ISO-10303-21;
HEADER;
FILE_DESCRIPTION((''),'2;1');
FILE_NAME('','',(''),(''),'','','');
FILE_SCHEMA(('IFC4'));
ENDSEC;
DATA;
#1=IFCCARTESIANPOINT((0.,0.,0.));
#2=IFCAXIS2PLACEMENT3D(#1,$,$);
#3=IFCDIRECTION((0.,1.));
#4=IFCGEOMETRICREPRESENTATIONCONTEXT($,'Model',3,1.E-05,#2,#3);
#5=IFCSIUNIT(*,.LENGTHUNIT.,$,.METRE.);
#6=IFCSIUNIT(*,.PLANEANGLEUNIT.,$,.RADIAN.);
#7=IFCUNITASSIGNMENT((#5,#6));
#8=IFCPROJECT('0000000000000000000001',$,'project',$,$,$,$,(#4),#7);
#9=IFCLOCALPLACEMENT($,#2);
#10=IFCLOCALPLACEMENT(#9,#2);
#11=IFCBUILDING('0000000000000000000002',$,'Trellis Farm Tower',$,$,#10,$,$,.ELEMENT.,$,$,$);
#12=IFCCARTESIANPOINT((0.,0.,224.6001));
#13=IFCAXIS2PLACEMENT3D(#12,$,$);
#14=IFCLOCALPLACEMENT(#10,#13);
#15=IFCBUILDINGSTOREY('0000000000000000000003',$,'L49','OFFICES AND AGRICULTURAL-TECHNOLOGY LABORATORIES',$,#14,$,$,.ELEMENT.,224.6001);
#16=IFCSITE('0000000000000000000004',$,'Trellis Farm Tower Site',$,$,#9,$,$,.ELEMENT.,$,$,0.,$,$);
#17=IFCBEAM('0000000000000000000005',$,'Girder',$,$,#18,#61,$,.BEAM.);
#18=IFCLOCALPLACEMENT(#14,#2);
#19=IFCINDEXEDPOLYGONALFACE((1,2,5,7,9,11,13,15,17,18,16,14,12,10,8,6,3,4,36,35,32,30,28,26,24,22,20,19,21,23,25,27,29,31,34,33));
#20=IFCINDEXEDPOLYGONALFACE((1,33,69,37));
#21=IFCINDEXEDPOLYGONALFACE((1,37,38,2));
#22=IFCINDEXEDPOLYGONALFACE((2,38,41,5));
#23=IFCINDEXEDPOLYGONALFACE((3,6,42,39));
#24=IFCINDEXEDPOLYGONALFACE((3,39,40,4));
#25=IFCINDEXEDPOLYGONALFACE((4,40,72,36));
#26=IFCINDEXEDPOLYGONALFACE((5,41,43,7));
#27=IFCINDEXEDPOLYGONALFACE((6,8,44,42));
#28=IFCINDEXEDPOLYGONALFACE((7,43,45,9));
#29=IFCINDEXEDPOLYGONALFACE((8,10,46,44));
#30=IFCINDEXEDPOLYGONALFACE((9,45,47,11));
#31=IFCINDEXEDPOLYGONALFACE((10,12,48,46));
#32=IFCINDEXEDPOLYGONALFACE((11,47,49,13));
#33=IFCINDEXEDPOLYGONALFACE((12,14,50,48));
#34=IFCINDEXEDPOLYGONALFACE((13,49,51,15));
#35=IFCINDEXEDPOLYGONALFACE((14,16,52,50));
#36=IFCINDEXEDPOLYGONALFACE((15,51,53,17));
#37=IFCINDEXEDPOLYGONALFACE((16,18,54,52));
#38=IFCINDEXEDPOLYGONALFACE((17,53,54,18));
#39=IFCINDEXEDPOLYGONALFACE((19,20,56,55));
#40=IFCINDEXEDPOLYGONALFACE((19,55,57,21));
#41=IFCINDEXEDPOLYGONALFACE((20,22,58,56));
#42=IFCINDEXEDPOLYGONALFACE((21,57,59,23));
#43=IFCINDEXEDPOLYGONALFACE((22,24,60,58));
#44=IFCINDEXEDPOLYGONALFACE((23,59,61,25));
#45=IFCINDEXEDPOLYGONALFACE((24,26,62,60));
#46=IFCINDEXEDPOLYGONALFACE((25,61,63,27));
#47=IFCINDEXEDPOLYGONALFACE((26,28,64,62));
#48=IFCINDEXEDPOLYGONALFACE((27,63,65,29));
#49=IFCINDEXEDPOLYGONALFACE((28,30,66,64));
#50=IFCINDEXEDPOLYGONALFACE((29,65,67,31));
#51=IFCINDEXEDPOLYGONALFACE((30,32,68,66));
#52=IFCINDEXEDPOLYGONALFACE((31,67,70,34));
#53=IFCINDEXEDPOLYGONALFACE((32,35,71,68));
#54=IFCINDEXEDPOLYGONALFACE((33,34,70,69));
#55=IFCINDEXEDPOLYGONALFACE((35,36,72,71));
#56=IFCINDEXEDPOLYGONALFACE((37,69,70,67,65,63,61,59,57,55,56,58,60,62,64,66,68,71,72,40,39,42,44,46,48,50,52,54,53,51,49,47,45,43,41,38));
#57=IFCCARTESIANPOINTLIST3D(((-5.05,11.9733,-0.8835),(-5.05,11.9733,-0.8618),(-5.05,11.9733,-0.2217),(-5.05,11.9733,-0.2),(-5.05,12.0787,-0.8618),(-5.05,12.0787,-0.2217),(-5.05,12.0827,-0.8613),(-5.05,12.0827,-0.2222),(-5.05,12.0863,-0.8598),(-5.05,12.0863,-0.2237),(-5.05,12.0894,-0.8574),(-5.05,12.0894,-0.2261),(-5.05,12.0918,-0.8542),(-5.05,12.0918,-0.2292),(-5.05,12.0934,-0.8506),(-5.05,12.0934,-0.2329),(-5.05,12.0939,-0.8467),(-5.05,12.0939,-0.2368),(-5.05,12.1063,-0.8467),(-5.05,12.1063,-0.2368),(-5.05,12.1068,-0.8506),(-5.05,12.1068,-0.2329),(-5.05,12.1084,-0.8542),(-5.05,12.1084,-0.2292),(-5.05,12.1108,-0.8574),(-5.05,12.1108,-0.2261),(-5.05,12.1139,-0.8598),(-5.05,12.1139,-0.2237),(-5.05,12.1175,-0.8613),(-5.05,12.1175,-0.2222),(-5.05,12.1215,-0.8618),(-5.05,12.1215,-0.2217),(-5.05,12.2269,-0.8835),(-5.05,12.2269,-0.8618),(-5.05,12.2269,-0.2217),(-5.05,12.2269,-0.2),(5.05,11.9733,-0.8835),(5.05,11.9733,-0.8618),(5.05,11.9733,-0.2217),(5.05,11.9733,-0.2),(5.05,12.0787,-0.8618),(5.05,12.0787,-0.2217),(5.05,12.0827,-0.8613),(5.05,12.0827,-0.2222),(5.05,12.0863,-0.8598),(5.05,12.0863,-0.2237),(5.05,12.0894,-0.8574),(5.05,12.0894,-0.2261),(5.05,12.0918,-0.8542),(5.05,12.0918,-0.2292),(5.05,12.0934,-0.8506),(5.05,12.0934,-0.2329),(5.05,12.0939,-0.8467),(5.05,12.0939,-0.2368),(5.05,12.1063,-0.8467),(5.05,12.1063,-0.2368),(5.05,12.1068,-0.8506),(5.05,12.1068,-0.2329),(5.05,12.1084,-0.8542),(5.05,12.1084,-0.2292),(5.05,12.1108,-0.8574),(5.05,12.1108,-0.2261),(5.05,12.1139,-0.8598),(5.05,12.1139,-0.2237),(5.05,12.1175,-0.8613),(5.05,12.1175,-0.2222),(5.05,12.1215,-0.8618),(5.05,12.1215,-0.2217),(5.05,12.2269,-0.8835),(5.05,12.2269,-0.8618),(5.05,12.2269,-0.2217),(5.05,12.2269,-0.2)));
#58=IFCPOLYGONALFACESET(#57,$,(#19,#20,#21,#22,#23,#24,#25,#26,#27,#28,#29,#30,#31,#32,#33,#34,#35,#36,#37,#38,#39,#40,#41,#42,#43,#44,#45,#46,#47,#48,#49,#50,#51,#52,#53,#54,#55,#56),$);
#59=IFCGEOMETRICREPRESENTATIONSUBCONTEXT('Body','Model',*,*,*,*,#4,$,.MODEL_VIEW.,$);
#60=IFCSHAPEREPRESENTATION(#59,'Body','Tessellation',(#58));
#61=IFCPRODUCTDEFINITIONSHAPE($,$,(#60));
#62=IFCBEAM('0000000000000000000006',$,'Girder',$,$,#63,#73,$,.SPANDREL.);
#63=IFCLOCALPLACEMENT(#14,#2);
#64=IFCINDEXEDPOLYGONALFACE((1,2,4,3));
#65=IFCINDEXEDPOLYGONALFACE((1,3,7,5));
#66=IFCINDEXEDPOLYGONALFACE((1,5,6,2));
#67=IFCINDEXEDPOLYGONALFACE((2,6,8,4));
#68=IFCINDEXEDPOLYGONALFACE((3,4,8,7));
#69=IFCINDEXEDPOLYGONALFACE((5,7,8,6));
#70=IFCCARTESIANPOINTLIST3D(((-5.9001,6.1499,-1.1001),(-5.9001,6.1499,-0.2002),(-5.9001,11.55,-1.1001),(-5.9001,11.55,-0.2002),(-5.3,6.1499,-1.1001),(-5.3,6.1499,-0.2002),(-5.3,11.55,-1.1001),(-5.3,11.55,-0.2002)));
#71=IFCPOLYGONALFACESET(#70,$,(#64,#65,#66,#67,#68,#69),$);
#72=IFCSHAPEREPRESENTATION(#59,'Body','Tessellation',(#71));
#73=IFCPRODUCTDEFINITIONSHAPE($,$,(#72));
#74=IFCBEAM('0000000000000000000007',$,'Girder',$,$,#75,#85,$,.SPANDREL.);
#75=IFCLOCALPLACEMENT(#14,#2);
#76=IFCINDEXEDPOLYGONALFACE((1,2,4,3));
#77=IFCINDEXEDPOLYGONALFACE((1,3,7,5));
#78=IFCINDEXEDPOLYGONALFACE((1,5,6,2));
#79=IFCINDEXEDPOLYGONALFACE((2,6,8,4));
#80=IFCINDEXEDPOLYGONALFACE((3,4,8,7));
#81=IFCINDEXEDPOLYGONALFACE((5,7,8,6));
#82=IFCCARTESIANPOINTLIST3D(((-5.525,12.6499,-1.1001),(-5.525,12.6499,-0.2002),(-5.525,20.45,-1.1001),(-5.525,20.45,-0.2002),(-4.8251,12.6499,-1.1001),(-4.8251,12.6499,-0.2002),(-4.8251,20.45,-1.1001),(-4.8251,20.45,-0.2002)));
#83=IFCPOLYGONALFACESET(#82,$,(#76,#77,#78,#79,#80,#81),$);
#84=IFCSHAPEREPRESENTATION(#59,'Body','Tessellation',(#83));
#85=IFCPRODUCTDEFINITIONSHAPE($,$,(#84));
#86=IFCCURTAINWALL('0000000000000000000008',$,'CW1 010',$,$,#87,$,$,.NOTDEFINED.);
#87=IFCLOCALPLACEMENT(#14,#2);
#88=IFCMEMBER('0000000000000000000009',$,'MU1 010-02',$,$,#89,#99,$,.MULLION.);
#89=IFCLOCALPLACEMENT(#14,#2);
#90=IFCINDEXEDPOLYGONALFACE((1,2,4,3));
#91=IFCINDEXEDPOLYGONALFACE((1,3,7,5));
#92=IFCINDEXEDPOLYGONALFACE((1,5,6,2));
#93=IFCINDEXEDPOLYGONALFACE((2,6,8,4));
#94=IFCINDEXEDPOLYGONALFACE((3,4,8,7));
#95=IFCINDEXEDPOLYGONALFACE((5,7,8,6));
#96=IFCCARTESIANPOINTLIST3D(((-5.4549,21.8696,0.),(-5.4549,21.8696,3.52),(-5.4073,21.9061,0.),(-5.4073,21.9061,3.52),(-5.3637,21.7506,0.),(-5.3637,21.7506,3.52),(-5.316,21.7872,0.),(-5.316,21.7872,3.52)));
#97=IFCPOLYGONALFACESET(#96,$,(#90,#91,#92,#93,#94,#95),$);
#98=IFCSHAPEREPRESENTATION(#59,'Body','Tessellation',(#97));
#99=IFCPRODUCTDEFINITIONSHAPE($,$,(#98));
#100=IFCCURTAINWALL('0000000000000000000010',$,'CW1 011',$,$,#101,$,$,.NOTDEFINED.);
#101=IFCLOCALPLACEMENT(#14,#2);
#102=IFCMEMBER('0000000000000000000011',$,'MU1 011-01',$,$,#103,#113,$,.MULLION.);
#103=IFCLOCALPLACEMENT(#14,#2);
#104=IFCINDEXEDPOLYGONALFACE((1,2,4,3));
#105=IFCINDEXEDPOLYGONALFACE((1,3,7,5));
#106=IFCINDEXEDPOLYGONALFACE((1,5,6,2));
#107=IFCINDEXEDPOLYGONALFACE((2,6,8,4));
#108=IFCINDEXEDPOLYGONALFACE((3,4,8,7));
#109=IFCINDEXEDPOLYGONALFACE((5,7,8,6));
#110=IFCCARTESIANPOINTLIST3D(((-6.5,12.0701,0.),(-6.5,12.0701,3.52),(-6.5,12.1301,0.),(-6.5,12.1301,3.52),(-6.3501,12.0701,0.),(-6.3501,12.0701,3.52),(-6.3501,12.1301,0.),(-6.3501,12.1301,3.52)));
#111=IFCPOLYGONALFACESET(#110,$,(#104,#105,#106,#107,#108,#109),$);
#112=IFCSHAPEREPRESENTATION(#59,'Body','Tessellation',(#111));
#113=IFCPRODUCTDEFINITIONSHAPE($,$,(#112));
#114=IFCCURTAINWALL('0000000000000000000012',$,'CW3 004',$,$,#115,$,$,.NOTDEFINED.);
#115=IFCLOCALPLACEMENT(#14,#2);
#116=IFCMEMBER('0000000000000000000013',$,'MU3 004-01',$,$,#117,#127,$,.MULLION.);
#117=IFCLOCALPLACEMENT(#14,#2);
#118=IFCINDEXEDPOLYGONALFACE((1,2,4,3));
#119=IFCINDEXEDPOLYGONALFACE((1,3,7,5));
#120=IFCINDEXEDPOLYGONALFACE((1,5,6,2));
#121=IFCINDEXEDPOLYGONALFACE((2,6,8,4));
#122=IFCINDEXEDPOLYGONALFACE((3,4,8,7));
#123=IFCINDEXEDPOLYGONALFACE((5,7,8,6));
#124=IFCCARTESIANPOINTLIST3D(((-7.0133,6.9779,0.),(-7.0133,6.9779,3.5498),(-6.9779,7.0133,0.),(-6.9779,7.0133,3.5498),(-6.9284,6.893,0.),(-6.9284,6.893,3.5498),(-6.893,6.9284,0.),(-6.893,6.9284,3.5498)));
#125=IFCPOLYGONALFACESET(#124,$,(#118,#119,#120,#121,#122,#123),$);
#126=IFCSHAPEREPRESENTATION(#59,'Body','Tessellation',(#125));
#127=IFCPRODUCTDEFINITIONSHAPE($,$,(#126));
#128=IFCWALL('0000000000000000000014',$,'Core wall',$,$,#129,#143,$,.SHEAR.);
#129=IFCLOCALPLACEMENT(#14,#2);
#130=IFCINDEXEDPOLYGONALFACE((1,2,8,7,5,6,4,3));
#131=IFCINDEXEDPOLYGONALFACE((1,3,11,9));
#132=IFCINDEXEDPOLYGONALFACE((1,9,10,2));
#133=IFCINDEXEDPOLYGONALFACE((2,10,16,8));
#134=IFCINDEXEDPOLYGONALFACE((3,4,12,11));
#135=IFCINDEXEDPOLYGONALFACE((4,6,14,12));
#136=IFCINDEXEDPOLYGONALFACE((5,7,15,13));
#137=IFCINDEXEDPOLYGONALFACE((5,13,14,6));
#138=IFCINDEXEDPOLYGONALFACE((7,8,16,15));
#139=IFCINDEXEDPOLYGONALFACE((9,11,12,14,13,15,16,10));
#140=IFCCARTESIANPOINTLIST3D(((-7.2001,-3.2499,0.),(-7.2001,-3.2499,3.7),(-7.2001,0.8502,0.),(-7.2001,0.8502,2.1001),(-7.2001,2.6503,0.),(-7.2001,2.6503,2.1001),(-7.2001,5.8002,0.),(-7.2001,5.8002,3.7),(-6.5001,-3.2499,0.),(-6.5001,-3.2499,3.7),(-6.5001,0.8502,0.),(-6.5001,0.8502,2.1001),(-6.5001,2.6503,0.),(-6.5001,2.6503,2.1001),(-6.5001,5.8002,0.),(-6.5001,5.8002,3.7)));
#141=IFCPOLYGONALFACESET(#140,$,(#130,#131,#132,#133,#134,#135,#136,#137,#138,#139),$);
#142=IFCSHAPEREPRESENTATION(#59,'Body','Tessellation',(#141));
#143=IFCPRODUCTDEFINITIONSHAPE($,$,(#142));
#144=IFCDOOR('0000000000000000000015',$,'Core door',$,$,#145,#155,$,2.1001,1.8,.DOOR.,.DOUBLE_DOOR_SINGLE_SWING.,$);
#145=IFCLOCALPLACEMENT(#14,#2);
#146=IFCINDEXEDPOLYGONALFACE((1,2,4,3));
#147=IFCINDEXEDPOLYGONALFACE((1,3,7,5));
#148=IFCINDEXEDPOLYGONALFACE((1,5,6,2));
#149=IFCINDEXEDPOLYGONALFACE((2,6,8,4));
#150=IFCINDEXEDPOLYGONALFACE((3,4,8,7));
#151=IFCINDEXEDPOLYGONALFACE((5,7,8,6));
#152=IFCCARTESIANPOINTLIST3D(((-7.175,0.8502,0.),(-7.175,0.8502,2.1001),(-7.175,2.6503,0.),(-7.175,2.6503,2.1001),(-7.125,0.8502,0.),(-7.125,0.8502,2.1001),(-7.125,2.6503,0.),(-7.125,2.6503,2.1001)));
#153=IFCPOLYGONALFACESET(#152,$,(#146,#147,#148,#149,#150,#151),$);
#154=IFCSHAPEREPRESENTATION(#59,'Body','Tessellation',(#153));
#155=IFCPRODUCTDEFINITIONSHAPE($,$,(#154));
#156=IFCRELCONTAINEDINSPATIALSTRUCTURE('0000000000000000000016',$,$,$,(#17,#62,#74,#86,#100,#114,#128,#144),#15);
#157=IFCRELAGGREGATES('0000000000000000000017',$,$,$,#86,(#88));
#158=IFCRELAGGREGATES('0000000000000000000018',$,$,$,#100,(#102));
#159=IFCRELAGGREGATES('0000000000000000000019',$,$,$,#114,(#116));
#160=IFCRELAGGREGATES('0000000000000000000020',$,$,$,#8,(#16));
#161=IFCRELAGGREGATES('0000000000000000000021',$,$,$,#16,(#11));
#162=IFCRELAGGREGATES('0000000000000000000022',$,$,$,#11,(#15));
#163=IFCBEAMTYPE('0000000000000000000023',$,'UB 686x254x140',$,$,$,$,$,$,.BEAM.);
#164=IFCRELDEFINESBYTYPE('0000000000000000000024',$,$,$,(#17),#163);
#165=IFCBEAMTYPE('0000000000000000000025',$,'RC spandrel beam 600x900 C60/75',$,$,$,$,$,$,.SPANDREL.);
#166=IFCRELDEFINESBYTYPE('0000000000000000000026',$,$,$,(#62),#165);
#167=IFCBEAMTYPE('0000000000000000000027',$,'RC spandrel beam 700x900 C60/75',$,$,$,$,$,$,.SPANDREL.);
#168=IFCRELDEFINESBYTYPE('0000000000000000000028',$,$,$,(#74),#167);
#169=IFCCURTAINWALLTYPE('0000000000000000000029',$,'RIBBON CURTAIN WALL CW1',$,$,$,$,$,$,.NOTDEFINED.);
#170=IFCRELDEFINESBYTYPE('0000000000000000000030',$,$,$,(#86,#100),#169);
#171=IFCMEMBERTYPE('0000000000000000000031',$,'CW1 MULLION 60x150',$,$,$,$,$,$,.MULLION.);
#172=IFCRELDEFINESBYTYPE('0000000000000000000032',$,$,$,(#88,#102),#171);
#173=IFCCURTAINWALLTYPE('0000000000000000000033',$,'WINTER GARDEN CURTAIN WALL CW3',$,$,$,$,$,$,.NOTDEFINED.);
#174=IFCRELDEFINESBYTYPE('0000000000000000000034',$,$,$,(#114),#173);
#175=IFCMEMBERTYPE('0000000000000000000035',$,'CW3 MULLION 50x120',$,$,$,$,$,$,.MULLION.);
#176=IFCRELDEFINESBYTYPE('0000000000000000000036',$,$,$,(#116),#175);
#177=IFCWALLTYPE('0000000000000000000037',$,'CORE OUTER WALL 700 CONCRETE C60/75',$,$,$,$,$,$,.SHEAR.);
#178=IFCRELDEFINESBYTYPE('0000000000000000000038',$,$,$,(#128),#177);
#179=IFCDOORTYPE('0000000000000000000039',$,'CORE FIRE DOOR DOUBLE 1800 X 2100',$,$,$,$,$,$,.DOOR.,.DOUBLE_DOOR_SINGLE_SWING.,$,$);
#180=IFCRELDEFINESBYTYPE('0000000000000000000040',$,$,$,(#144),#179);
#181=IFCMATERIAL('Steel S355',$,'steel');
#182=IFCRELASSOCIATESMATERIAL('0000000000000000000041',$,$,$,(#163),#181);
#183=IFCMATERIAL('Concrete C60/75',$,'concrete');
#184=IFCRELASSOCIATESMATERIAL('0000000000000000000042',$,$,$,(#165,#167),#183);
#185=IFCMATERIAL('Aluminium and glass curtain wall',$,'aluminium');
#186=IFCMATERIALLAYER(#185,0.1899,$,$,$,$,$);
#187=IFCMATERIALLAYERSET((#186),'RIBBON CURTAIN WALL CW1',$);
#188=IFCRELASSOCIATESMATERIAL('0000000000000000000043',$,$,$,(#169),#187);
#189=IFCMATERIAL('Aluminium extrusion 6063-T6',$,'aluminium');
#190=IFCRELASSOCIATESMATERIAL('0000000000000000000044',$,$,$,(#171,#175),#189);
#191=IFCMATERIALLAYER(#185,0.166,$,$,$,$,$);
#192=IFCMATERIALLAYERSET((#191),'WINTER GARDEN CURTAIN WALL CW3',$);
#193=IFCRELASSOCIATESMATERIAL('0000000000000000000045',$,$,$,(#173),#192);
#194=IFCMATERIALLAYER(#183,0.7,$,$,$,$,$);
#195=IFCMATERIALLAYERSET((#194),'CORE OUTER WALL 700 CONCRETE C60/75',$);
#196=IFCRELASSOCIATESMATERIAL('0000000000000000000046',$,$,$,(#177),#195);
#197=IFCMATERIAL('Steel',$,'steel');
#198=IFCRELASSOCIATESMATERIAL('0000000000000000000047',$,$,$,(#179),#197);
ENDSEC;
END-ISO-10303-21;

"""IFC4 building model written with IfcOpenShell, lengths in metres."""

from ifc_helpers import new_model, si_unit, direction, frame, frame_2d, origin, origin_2d, place, context, subcontext, project, spatial, rectangle, i_section, extrude, source, transform, mapped, material, layer, layer_set, material_profile, profile_set, type_object, element, fill, aggregate, save


model = new_model("IFC4")

# Units and contexts
model_context = context("Model", 3, precision=1e-05, world=origin(), true_north=direction((0.0, 1.0)))
body_context = subcontext(model_context, "Body", "Model", "MODEL_VIEW")
ifc_project = project(units=[si_unit("LENGTHUNIT", "METRE"), si_unit("PLANEANGLEUNIT", "RADIAN")], contexts=[model_context])

# Site, building, storey
site_placement = place(None, origin())
site = spatial("IfcSite", under=ifc_project, at=site_placement, Name="Trellis Farm Tower Site", CompositionType="ELEMENT", RefElevation=0.0)
building_placement = place(site_placement, origin())
building = spatial("IfcBuilding", under=site, at=building_placement, Name="Trellis Farm Tower", CompositionType="ELEMENT")
storey_placement = place(building_placement, frame((0.0, 0.0, 224.6001)))
storey = spatial("IfcBuildingStorey", under=building, at=storey_placement, Name="L49", Description="OFFICES AND AGRICULTURAL-TECHNOLOGY LABORATORIES", CompositionType="ELEMENT", Elevation=224.6001)

# Shared definitions
ifc_material_1 = material(Name="Concrete C60/75", Category="concrete")

# Beams
ifc_material_2 = material(Name="Steel S355", Category="steel")
ifc_material_profile_1 = material_profile(ifc_material_2, i_section(OverallWidth=0.2537, OverallDepth=0.6836, WebThickness=0.0125, FlangeThickness=0.0217, FilletRadius=0.0151, at=origin_2d()), Name="UB 686x254x140")
ifc_profile_set_1 = profile_set([ifc_material_profile_1], Name="Steel S355")
beam_type_1 = type_object("IfcBeamType", Name="UB 686x254x140", PredefinedType="BEAM", material=ifc_profile_set_1)
shared_shape_1 = source(origin(), body_context, "Body", "SweptSolid", [
    extrude(i_section(OverallWidth=0.2537, OverallDepth=0.6836, WebThickness=0.0125, FlangeThickness=0.0217, FilletRadius=0.0151, at=origin_2d()), origin(), (0.0, 0.0, 1.0), 10.1001),
])
for number, where, z_axis, x_axis, name in (
    (1, (-5.05, 12.1001, -0.5417), (1.0, 0.0, 0.0), (0.0, 1.0, 0.0), "Girder"),
):
    element("IfcBeam", number, at=place(storey_placement, frame(where, z_axis=z_axis, x_axis=x_axis)), inside=storey, type_object=beam_type_1, Name=name, PredefinedType="BEAM", context=body_context, shape_type="MappedRepresentation", body=[
        mapped(shared_shape_1, transform((0.0, 0.0, 0.0))),
    ])
ifc_material_profile_2 = material_profile(ifc_material_1, rectangle(XDim=0.6001, YDim=0.8999, at=origin_2d()), Name="RC spandrel beam 600x900 C60/75")
ifc_profile_set_2 = profile_set([ifc_material_profile_2], Name="Concrete C60/75")
beam_type_2 = type_object("IfcBeamType", Name="RC spandrel beam 600x900 C60/75", PredefinedType="SPANDREL", material=ifc_profile_set_2)
shared_shape_2 = source(origin(), body_context, "Body", "SweptSolid", [
    extrude(rectangle(XDim=0.6001, YDim=0.8999, at=origin_2d()), origin(), (0.0, 0.0, 1.0), 5.4001),
])
beam_1_placement = place(storey_placement, frame((-5.6001, 6.1499, -0.6501), z_axis=(0.0, 1.0, 0.0), x_axis=(-1.0, 0.0, 0.0)))
element("IfcBeam", 2, at=beam_1_placement, inside=storey, type_object=beam_type_2, Name="Girder", PredefinedType="SPANDREL", context=body_context, shape_type="MappedRepresentation", body=[
    mapped(shared_shape_2, transform((0.0, 0.0, 0.0))),
])
ifc_material_profile_3 = material_profile(ifc_material_1, rectangle(XDim=0.7, YDim=0.8999, at=origin_2d()), Name="RC spandrel beam 700x900 C60/75")
ifc_profile_set_3 = profile_set([ifc_material_profile_3], Name="Concrete C60/75")
beam_type_3 = type_object("IfcBeamType", Name="RC spandrel beam 700x900 C60/75", PredefinedType="SPANDREL", material=ifc_profile_set_3)
shared_shape_3 = source(origin(), body_context, "Body", "SweptSolid", [
    extrude(rectangle(XDim=0.7, YDim=0.8999, at=origin_2d()), origin(), (0.0, 0.0, 1.0), 7.8),
])
beam_2_placement = place(storey_placement, frame((-5.175, 12.6499, -0.6501), z_axis=(0.0, 1.0, 0.0), x_axis=(-1.0, 0.0, 0.0)))
element("IfcBeam", 3, at=beam_2_placement, inside=storey, type_object=beam_type_3, Name="Girder", PredefinedType="SPANDREL", context=body_context, shape_type="MappedRepresentation", body=[
    mapped(shared_shape_3, transform((0.0, 0.0, 0.0))),
])

# Curtain walls, members
ifc_material_3 = material(Name="Aluminium and glass curtain wall", Category="aluminium")
ifc_layer_1 = layer(ifc_material_3, 0.1899)
ifc_layer_set_1 = layer_set([ifc_layer_1], Name="RIBBON CURTAIN WALL CW1")
curtain_wall_type_1 = type_object("IfcCurtainWallType", Name="RIBBON CURTAIN WALL CW1", PredefinedType="NOTDEFINED", material=ifc_layer_set_1)
placement = place(storey_placement, origin())
curtain_wall_1 = element("IfcCurtainWall", 4, at=placement, inside=storey, type_object=curtain_wall_type_1, Name="CW1 010", PredefinedType="NOTDEFINED")
ifc_material_4 = material(Name="Aluminium extrusion 6063-T6", Category="aluminium")
ifc_material_profile_4 = material_profile(ifc_material_4, rectangle(XDim=0.0601, YDim=0.1499, at=origin_2d()), Name="MULLION 60x150")
ifc_profile_set_4 = profile_set([ifc_material_profile_4], Name="Aluminium extrusion 6063-T6")
member_type_1 = type_object("IfcMemberType", Name="CW1 MULLION 60x150", PredefinedType="MULLION", material=ifc_profile_set_4)
shared_shape_4 = source(origin(), body_context, "Body", "SweptSolid", [
    extrude(rectangle(XDim=0.0601, YDim=0.1499, at=origin_2d()), origin(), (0.0, 0.0, 1.0), 3.52),
])
member_1_placement = place(storey_placement, frame((-5.3855, 21.8284, 0.0), z_axis=(0.0, 0.0, 1.0), x_axis=(-0.793353, -0.608761, 0.0)))
member_1 = element("IfcMember", 5, at=member_1_placement, type_object=member_type_1, Name="MU1 010-02", PredefinedType="MULLION", context=body_context, shape_type="MappedRepresentation", body=[
    mapped(shared_shape_4, transform((0.0, 0.0, 0.0))),
])
aggregate(curtain_wall_1, [member_1])
curtain_wall_2 = element("IfcCurtainWall", 6, at=placement, inside=storey, type_object=curtain_wall_type_1, Name="CW1 011", PredefinedType="NOTDEFINED")
member_2_placement = place(storey_placement, frame((-6.425, 12.1001, 0.0), z_axis=(0.0, 0.0, 1.0), x_axis=(0.0, -1.0, 0.0)))
member_2 = element("IfcMember", 7, at=member_2_placement, type_object=member_type_1, Name="MU1 011-01", PredefinedType="MULLION", context=body_context, shape_type="MappedRepresentation", body=[
    mapped(shared_shape_4, transform((0.0, 0.0, 0.0))),
])
aggregate(curtain_wall_2, [member_2])
ifc_layer_2 = layer(ifc_material_3, 0.166)
ifc_layer_set_2 = layer_set([ifc_layer_2], Name="WINTER GARDEN CURTAIN WALL CW3")
curtain_wall_type_2 = type_object("IfcCurtainWallType", Name="WINTER GARDEN CURTAIN WALL CW3", PredefinedType="NOTDEFINED", material=ifc_layer_set_2)
curtain_wall_3 = element("IfcCurtainWall", 8, at=placement, inside=storey, type_object=curtain_wall_type_2, Name="CW3 004", PredefinedType="NOTDEFINED")
ifc_material_profile_5 = material_profile(ifc_material_4, rectangle(XDim=0.05, YDim=0.1201, at=origin_2d()), Name="MULLION 50x120")
ifc_profile_set_5 = profile_set([ifc_material_profile_5], Name="Aluminium extrusion 6063-T6")
member_type_2 = type_object("IfcMemberType", Name="CW3 MULLION 50x120", PredefinedType="MULLION", material=ifc_profile_set_5)
shared_shape_5 = source(origin(), body_context, "Body", "SweptSolid", [
    extrude(rectangle(XDim=0.05, YDim=0.1201, at=origin_2d()), origin(), (0.0, 0.0, 1.0), 3.5498),
])
member_3_placement = place(storey_placement, frame((-6.9531, 6.9531, 0.0), z_axis=(0.0, 0.0, 1.0), x_axis=(-0.707107, -0.707107, 0.0)))
member_3 = element("IfcMember", 9, at=member_3_placement, type_object=member_type_2, Name="MU3 004-01", PredefinedType="MULLION", context=body_context, shape_type="MappedRepresentation", body=[
    mapped(shared_shape_5, transform((0.0, 0.0, 0.0))),
])
aggregate(curtain_wall_3, [member_3])

# Wall, opening, door
ifc_layer_3 = layer(ifc_material_1, 0.7)
ifc_layer_set_3 = layer_set([ifc_layer_3], Name="CORE OUTER WALL 700 CONCRETE C60/75")
wall_type_1 = type_object("IfcWallType", Name="CORE OUTER WALL 700 CONCRETE C60/75", PredefinedType="SHEAR", material=ifc_layer_set_3)
shared_shape_6 = source(origin(), body_context, "Body", "SweptSolid", [
    extrude(rectangle(XDim=9.05, YDim=0.7, at=frame_2d((4.5249, 0.0))), origin(), (0.0, 0.0, 1.0), 3.7),
])
wall_1_placement = place(storey_placement, frame((-6.8501, 5.8, 0.0), z_axis=(0.0, 0.0, 1.0), x_axis=(0.0, -1.0, 0.0)))
wall_1 = element("IfcWall", 10, at=wall_1_placement, inside=storey, type_object=wall_type_1, Name="Core wall", PredefinedType="SHEAR", context=body_context, shape_type="MappedRepresentation", body=[
    mapped(shared_shape_6, transform((0.0, 0.0, 0.0))),
])
shared_shape_7 = source(origin(), body_context, "Body", "SweptSolid", [
    extrude(rectangle(XDim=1.8, YDim=2.1001, at=frame_2d((0.8999, 1.05))), frame((0.0, 0.3601, 0.0), z_axis=(0.0, -1.0, 0.0), x_axis=(1.0, 0.0, 0.0)), (0.0, 0.0, 1.0), 0.7202),
])
opening_1_placement = place(wall_1_placement, frame((3.1499, 0.0, 0.0)))
opening_1 = element("IfcOpeningElement", 11, at=opening_1_placement, cuts=wall_1, PredefinedType="OPENING", context=body_context, shape_type="MappedRepresentation", body=[
    mapped(shared_shape_7, transform((0.0, 0.0, 0.0))),
])
ifc_material_5 = material(Name="Steel", Category="steel")
door_type_1 = type_object("IfcDoorType", Name="CORE FIRE DOOR DOUBLE 1800 X 2100", OperationType="DOUBLE_DOOR_SINGLE_SWING", PredefinedType="DOOR", material=ifc_material_5)
shared_shape_8 = source(origin(), body_context, "Body", "SweptSolid", [
    extrude(rectangle(XDim=1.8, YDim=2.1001, at=frame_2d((0.8999, 1.05))), frame((0.0, -0.2749, 0.0), z_axis=(0.0, -1.0, 0.0), x_axis=(1.0, 0.0, 0.0)), (0.0, 0.0, 1.0), 0.05),
])
door_1_placement = place(opening_1_placement, origin())
door_1 = element("IfcDoor", 12, at=door_1_placement, inside=storey, type_object=door_type_1, Name="Core door", OperationType="DOUBLE_DOOR_SINGLE_SWING", OverallHeight=2.1001, OverallWidth=1.8, PredefinedType="DOOR", context=body_context, shape_type="MappedRepresentation", body=[
    mapped(shared_shape_8, transform((0.0, 0.0, 0.0))),
])
fill(opening_1, door_1)

save(model, "model.ifc")
